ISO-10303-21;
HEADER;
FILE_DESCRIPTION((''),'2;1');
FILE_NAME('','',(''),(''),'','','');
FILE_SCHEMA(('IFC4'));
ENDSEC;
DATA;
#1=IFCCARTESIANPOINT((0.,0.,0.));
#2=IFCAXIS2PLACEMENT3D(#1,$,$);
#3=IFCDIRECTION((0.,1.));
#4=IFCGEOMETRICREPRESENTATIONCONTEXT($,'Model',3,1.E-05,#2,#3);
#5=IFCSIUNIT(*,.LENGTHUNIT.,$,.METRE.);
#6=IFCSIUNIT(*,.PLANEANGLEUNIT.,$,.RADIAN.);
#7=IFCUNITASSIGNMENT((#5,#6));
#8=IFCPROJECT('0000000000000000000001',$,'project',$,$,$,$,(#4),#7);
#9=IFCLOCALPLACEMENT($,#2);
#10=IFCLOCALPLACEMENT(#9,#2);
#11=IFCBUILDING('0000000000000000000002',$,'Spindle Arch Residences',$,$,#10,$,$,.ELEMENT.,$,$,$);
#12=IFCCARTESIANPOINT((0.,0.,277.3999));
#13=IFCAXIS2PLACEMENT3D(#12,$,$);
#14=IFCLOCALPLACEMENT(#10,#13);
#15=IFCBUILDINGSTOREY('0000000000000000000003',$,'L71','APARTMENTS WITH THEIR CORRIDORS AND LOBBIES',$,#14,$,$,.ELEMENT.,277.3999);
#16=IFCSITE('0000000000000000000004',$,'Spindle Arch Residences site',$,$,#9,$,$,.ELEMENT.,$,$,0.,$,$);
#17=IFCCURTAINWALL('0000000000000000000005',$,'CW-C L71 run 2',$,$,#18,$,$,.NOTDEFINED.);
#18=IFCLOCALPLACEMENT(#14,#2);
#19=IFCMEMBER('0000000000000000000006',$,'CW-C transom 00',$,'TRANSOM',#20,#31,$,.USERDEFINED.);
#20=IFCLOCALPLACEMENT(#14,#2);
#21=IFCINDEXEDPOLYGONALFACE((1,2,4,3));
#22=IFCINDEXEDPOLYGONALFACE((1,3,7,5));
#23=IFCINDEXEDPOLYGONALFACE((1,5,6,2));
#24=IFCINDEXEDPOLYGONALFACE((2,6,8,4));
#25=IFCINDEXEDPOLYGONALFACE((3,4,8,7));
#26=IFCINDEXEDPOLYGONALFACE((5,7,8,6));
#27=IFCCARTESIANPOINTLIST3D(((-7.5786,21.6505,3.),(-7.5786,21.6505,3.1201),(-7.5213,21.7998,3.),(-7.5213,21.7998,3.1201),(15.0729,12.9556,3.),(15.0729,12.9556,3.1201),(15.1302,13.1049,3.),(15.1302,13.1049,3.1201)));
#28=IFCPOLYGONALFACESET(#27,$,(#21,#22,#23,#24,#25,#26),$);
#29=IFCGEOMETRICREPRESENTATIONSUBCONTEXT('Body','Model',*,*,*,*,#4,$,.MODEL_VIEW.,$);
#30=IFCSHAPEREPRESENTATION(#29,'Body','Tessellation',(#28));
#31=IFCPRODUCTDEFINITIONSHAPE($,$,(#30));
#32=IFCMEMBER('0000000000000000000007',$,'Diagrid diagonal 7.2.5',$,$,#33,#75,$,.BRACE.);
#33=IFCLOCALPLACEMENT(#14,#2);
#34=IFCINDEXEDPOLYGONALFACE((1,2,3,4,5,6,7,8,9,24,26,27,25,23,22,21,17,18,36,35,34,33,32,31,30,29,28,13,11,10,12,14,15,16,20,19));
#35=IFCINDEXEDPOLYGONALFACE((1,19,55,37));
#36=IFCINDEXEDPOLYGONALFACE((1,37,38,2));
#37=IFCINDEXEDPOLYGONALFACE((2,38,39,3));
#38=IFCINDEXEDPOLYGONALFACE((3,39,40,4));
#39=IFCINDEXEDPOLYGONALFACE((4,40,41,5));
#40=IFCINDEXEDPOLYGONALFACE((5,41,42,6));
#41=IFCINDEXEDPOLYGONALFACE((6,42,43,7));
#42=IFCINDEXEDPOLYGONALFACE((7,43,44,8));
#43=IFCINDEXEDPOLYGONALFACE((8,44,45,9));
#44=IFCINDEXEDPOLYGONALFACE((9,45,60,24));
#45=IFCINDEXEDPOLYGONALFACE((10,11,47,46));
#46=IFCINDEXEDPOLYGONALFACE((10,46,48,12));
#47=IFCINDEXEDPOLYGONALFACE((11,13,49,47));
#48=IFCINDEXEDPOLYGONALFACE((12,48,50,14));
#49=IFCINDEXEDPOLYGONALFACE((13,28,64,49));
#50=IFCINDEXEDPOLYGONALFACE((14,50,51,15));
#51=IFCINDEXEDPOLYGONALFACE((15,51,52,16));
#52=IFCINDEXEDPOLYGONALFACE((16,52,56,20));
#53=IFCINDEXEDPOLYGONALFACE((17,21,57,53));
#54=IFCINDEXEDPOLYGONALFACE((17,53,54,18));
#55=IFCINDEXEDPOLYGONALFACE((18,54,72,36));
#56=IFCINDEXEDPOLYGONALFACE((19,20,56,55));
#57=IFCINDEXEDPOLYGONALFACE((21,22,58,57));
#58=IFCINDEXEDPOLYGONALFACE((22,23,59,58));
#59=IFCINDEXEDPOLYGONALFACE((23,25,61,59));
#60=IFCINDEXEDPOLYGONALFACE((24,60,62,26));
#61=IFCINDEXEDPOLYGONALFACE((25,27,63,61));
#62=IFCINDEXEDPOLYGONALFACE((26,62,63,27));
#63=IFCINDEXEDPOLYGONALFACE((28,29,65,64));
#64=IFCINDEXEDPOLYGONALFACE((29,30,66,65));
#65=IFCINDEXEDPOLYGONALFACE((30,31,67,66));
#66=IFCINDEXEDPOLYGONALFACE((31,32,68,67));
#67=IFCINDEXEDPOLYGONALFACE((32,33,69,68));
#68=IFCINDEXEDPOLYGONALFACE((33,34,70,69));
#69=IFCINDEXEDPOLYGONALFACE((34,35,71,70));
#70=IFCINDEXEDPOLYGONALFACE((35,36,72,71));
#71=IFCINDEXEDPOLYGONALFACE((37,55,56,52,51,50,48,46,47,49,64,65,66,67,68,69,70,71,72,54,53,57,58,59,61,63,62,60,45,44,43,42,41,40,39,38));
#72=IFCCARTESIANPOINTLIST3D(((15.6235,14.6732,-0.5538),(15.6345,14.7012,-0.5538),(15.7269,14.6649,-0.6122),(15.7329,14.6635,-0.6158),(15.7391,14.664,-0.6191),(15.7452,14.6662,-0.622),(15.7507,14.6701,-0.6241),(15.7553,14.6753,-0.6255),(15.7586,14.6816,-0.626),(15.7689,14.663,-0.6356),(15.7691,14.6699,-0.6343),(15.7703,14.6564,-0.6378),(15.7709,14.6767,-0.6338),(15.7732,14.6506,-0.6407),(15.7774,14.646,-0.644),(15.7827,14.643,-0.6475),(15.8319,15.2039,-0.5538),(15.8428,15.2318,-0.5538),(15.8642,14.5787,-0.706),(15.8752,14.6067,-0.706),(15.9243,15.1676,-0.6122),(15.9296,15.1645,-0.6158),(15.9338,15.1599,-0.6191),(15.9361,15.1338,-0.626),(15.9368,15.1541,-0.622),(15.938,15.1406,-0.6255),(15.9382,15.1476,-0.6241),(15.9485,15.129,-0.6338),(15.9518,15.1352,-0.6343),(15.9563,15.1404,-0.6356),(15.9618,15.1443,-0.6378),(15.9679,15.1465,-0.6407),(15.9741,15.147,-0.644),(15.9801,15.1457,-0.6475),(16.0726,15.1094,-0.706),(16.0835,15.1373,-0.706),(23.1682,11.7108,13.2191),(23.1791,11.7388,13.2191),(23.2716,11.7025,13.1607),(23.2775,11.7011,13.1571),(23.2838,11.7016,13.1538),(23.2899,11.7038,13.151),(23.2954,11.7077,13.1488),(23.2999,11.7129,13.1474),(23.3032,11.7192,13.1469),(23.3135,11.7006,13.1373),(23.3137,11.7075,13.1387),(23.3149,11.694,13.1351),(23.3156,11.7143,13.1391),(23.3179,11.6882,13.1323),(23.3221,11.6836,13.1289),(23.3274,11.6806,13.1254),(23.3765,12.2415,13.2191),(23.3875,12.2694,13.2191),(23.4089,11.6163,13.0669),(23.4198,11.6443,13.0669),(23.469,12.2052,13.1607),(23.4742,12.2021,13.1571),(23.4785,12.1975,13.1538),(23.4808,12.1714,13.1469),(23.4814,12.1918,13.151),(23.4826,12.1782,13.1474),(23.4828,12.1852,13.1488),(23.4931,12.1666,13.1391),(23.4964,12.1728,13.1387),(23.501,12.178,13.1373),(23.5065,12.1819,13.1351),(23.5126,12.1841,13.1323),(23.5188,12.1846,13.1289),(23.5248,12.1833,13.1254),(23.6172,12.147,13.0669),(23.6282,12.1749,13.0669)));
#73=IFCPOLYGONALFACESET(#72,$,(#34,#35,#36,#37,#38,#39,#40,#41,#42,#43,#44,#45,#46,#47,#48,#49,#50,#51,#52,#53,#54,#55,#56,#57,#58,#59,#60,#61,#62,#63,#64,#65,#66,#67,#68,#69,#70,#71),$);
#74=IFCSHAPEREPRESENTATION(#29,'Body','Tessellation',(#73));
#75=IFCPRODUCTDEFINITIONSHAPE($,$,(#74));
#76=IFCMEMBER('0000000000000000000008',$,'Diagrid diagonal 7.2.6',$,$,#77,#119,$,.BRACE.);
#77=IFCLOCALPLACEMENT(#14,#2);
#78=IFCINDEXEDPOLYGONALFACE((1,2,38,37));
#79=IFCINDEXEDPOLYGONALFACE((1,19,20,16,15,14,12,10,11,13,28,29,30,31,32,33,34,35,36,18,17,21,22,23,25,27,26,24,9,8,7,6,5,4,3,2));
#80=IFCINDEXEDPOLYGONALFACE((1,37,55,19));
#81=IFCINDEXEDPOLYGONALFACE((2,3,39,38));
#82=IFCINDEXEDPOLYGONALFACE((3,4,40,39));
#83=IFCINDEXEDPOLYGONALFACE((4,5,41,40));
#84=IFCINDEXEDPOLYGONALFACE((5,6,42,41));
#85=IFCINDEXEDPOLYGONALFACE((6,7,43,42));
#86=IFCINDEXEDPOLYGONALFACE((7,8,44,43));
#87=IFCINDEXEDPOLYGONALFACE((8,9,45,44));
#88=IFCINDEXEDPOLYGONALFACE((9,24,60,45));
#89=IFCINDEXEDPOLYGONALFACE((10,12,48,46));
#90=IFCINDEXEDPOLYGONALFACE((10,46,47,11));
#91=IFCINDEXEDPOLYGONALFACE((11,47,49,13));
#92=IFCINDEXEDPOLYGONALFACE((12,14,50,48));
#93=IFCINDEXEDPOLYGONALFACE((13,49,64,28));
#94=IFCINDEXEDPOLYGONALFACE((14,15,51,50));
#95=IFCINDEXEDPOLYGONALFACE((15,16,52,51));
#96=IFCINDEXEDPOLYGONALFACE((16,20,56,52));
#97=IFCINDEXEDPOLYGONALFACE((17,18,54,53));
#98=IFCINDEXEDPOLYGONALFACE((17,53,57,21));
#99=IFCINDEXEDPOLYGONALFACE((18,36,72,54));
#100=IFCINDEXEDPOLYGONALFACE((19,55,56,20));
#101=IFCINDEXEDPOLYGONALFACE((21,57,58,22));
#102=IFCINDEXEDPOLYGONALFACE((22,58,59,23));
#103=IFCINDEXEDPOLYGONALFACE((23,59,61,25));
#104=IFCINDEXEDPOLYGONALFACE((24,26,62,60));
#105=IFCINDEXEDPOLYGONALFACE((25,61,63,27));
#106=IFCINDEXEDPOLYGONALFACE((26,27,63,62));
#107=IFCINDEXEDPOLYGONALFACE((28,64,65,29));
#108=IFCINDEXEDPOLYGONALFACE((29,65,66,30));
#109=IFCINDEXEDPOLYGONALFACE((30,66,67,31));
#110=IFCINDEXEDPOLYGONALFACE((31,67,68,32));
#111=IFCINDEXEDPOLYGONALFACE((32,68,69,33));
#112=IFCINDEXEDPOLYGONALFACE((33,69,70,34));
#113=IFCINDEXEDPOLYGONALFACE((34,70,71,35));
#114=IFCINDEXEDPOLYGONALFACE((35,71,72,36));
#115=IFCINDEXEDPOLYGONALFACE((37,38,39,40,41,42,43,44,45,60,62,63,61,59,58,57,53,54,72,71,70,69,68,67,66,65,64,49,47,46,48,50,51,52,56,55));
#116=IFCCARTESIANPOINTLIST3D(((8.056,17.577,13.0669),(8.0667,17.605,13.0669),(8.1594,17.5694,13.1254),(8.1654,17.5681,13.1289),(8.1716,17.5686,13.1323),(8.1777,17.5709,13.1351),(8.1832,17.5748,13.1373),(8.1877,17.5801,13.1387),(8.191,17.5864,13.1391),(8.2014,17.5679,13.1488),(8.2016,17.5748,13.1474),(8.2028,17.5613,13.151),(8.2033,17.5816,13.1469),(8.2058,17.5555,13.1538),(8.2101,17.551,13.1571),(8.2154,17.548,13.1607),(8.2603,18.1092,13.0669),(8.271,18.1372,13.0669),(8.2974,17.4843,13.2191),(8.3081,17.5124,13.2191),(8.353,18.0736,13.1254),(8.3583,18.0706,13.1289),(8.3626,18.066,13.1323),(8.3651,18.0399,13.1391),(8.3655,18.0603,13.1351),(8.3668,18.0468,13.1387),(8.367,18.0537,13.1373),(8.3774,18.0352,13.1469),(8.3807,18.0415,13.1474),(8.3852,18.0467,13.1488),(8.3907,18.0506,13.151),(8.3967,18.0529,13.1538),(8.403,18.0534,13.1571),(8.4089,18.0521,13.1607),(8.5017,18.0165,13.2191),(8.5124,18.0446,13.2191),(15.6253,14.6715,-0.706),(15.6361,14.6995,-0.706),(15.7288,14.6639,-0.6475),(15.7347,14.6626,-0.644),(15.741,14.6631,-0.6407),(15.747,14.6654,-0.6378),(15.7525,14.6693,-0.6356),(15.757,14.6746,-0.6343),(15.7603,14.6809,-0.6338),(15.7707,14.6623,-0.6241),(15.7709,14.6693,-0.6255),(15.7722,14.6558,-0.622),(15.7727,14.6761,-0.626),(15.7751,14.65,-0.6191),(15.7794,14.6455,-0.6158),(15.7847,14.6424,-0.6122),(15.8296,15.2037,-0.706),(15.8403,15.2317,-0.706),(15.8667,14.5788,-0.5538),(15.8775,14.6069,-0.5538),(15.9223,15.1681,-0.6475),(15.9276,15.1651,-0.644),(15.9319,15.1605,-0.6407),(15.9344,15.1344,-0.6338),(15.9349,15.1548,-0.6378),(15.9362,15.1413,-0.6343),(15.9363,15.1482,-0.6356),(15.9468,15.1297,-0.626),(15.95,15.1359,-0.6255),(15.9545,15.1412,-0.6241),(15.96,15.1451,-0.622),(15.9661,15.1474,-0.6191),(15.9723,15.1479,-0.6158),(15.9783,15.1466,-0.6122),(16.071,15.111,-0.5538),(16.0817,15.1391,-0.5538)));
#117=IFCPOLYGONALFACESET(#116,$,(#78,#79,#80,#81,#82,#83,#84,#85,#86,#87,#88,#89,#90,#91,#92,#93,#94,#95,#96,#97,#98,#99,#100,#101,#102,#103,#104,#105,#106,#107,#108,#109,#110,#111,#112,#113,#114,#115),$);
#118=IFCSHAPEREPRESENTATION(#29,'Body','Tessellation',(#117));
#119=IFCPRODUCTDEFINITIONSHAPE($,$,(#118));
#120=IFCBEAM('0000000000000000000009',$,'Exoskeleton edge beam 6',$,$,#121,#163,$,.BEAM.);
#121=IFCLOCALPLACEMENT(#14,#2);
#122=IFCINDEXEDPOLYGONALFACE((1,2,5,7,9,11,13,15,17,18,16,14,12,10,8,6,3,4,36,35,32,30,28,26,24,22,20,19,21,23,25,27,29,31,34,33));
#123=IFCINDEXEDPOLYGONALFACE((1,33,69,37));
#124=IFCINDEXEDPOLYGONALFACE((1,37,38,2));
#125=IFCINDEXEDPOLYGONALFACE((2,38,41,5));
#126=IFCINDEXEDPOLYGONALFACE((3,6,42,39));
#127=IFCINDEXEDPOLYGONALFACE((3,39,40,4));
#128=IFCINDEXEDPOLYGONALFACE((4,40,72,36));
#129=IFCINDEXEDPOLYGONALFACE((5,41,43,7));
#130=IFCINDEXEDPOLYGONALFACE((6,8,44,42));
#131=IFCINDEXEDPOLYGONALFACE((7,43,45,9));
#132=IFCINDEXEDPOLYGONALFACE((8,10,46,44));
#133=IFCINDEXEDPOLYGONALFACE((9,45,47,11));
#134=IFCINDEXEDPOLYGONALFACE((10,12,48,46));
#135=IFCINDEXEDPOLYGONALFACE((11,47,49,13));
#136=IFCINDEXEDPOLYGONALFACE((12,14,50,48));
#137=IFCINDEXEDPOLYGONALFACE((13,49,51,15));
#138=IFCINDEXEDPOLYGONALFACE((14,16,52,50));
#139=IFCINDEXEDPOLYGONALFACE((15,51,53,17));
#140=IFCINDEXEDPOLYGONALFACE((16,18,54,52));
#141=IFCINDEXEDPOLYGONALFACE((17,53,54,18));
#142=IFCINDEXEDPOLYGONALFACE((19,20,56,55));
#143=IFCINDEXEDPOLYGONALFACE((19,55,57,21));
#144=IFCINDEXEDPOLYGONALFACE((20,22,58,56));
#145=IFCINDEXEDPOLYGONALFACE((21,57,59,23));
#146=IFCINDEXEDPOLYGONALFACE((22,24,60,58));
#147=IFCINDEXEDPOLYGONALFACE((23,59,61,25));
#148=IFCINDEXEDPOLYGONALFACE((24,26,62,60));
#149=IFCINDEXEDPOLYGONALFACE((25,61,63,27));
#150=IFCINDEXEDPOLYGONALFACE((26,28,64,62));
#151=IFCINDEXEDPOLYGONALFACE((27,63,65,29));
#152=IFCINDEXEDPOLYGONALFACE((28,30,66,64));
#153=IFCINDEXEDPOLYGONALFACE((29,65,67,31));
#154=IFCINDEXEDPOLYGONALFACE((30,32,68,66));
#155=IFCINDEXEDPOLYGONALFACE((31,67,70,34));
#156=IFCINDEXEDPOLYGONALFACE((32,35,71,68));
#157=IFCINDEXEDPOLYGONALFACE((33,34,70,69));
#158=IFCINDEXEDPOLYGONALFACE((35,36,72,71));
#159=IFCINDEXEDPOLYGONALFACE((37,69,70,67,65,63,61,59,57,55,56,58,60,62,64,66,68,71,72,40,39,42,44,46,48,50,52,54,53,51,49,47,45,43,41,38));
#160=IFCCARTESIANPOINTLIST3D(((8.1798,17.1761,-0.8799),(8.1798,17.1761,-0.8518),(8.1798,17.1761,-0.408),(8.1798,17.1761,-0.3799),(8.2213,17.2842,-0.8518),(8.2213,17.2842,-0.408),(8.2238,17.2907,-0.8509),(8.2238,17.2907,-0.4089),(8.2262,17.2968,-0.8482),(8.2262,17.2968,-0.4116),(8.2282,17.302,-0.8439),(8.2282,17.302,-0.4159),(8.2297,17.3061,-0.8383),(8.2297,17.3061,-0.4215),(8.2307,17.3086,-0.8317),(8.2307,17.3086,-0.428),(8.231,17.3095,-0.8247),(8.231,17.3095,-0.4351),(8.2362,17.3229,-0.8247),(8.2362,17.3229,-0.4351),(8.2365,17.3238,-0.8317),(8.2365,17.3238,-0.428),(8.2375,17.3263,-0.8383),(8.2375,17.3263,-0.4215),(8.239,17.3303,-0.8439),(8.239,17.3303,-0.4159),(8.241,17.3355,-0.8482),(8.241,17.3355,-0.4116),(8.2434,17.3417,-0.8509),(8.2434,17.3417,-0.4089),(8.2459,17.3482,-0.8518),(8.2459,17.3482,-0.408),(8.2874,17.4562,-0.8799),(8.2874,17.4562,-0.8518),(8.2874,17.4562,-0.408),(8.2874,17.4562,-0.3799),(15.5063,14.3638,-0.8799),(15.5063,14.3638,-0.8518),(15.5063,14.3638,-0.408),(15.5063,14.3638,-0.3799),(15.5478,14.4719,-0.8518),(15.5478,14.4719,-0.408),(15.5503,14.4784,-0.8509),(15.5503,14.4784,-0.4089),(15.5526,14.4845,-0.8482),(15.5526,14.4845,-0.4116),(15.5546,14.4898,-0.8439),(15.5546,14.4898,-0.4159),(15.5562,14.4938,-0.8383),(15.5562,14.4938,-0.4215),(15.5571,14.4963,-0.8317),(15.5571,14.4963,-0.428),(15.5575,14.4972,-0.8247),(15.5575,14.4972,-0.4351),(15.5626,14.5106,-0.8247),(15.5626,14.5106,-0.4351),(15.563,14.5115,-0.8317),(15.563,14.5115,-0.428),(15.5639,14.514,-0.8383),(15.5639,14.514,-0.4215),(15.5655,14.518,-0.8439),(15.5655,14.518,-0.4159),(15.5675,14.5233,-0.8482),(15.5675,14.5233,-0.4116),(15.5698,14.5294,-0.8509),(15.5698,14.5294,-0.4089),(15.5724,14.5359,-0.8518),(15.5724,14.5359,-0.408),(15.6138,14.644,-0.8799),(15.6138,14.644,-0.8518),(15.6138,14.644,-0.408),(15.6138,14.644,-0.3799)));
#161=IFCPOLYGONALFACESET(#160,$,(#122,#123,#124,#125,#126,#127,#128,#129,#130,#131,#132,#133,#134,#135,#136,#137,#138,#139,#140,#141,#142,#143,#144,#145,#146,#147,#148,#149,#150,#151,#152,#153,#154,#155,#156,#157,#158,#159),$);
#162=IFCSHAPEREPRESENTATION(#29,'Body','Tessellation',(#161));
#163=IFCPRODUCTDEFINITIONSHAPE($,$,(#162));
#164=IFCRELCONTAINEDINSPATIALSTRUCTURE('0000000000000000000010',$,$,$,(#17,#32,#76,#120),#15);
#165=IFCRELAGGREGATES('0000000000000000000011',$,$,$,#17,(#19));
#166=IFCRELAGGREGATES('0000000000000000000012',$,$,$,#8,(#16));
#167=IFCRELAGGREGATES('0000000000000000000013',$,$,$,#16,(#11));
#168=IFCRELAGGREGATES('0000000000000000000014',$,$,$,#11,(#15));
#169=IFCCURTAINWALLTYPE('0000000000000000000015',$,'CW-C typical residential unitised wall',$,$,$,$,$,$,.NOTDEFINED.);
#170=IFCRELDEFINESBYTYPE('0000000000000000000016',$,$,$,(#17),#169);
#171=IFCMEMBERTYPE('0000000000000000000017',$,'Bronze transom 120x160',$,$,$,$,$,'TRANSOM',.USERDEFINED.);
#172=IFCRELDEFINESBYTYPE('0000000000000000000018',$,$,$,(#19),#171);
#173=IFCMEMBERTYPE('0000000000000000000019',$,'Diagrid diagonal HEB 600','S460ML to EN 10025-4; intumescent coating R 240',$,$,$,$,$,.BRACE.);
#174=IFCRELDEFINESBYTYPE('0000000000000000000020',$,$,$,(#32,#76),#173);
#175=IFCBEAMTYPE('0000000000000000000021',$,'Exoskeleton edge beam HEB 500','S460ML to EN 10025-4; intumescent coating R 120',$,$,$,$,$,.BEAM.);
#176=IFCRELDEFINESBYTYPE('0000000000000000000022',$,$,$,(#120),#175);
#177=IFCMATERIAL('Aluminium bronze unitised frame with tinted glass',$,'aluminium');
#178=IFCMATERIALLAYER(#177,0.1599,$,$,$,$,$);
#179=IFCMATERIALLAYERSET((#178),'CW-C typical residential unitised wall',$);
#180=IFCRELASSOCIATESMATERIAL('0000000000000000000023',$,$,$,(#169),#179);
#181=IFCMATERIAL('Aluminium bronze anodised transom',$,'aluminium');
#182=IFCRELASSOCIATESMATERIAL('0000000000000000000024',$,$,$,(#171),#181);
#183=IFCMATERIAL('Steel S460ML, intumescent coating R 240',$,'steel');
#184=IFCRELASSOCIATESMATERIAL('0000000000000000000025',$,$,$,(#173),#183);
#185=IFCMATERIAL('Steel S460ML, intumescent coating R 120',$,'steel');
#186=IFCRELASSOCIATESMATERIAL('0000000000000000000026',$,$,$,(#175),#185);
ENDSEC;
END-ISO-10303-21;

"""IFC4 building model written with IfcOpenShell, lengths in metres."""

from ifc_helpers import new_model, si_unit, direction, frame, origin, origin_2d, place, context, subcontext, project, spatial, rectangle, i_section, extrude, material, layer, layer_set, material_profile, profile_set, type_object, element, aggregate, save


model = new_model("IFC4")

# Units and contexts
model_context = context("Model", 3, precision=1e-05, world=origin(), true_north=direction((0.0, 1.0)))
body_context = subcontext(model_context, "Body", "Model", "MODEL_VIEW")
ifc_project = project(units=[si_unit("LENGTHUNIT", "METRE"), si_unit("PLANEANGLEUNIT", "RADIAN")], contexts=[model_context])

# Site, building, storey
site_placement = place(None, origin())
site = spatial("IfcSite", under=ifc_project, at=site_placement, Name="Spindle Arch Residences site", CompositionType="ELEMENT", RefElevation=0.0)
building_placement = place(site_placement, origin())
building = spatial("IfcBuilding", under=site, at=building_placement, Name="Spindle Arch Residences", CompositionType="ELEMENT")
storey_placement = place(building_placement, frame((0.0, 0.0, 277.3999)))
storey = spatial("IfcBuildingStorey", under=building, at=storey_placement, Name="L71", Description="APARTMENTS WITH THEIR CORRIDORS AND LOBBIES", CompositionType="ELEMENT", Elevation=277.3999)

# Curtain wall
ifc_material_1 = material(Name="Aluminium bronze unitised frame with tinted glass", Category="aluminium")
ifc_layer_1 = layer(ifc_material_1, 0.1599)
ifc_layer_set_1 = layer_set([ifc_layer_1], Name="CW-C typical residential unitised wall")
curtain_wall_type_1 = type_object("IfcCurtainWallType", Name="CW-C typical residential unitised wall", PredefinedType="NOTDEFINED", material=ifc_layer_set_1)
curtain_wall_1_placement = place(storey_placement, origin())
curtain_wall_1 = element("IfcCurtainWall", 1, at=curtain_wall_1_placement, inside=storey, type_object=curtain_wall_type_1, Name="CW-C L71 run 2", PredefinedType="NOTDEFINED")

# Member
ifc_material_2 = material(Name="Aluminium bronze anodised transom", Category="aluminium")
ifc_material_profile_1 = material_profile(ifc_material_2, rectangle(XDim=0.1599, YDim=0.1201, at=origin_2d()), Name="TR 120x160")
ifc_profile_set_1 = profile_set([ifc_material_profile_1], Name="Aluminium bronze anodised transom")
member_type_1 = type_object("IfcMemberType", Name="Bronze transom 120x160", ElementType="TRANSOM", PredefinedType="USERDEFINED", material=ifc_profile_set_1)
member_1_placement = place(storey_placement, frame((15.1016, 13.0303, 3.0601), z_axis=(-0.933583, 0.35836, 0.0), x_axis=(-0.35836, -0.933583, 0.0)))
member_1 = element("IfcMember", 2, at=member_1_placement, type_object=member_type_1, Name="CW-C transom 00", ObjectType="TRANSOM", PredefinedType="USERDEFINED", context=body_context, shape_type="SweptSolid", body=[
    extrude(rectangle(XDim=0.1599, YDim=0.1201, at=origin_2d()), origin(), (0.0, 0.0, 1.0), 24.2629),
])

# Members
ifc_material_3 = material(Name="Steel S460ML, intumescent coating R 240", Category="steel")
ifc_material_profile_2 = material_profile(ifc_material_3, i_section(OverallWidth=0.3, OverallDepth=0.6001, WebThickness=0.0154, FlangeThickness=0.03, FilletRadius=0.0271, at=origin_2d()), Name="HEB 600")
ifc_profile_set_2 = profile_set([ifc_material_profile_2], Name="Steel S460ML, intumescent coating R 240")
member_type_2 = type_object("IfcMemberType", Name="Diagrid diagonal HEB 600", Description="S460ML to EN 10025-4; intumescent coating R 240", PredefinedType="BRACE", material=ifc_profile_set_2)
member_2_placement = place(storey_placement, frame((15.8535, 14.9053, -0.6299), z_axis=(0.472103, -0.18537, 0.861833), x_axis=(-0.80221, 0.314986, 0.507192)))
element("IfcMember", 3, at=member_2_placement, inside=storey, type_object=member_type_2, Name="Diagrid diagonal 7.2.5", PredefinedType="BRACE", context=body_context, shape_type="SweptSolid", body=[
    extrude(i_section(OverallWidth=0.3, OverallDepth=0.6001, WebThickness=0.0154, FlangeThickness=0.03, FilletRadius=0.0271, at=origin_2d()), origin(), (0.0, 0.0, 1.0), 15.981),
])
member_3_placement = place(storey_placement, frame((15.8535, 14.9053, -0.6299), z_axis=(-0.47361, 0.181797, 0.861768), x_axis=(0.804532, -0.308823, 0.507303)))
element("IfcMember", 4, at=member_3_placement, inside=storey, type_object=member_type_2, Name="Diagrid diagonal 7.2.6", PredefinedType="BRACE", context=body_context, shape_type="SweptSolid", body=[
    extrude(i_section(OverallWidth=0.3, OverallDepth=0.6001, WebThickness=0.0154, FlangeThickness=0.03, FilletRadius=0.0271, at=origin_2d()), origin(), (0.0, 0.0, 1.0), 15.9822),
])

# Beam
ifc_material_4 = material(Name="Steel S460ML, intumescent coating R 120", Category="steel")
ifc_material_profile_3 = material_profile(ifc_material_4, i_section(OverallWidth=0.3, OverallDepth=0.5, WebThickness=0.0144, FlangeThickness=0.0281, FilletRadius=0.0271, at=origin_2d()), Name="HEB 500")
ifc_profile_set_3 = profile_set([ifc_material_profile_3], Name="Steel S460ML, intumescent coating R 120")
beam_type_1 = type_object("IfcBeamType", Name="Exoskeleton edge beam HEB 500", Description="S460ML to EN 10025-4; intumescent coating R 120", PredefinedType="BEAM", material=ifc_profile_set_3)
beam_1_placement = place(storey_placement, frame((15.5601, 14.5039, -0.6299), z_axis=(-0.933584, 0.358358, 0.0), x_axis=(-0.358358, -0.933584, 0.0)))
element("IfcBeam", 5, at=beam_1_placement, inside=storey, type_object=beam_type_1, Name="Exoskeleton edge beam 6", PredefinedType="BEAM", context=body_context, shape_type="SweptSolid", body=[
    extrude(i_section(OverallWidth=0.3, OverallDepth=0.5, WebThickness=0.0144, FlangeThickness=0.0281, FilletRadius=0.0271, at=origin_2d()), origin(), (0.0, 0.0, 1.0), 7.8477),
])

aggregate(curtain_wall_1, [member_1])

save(model, "model.ifc")
